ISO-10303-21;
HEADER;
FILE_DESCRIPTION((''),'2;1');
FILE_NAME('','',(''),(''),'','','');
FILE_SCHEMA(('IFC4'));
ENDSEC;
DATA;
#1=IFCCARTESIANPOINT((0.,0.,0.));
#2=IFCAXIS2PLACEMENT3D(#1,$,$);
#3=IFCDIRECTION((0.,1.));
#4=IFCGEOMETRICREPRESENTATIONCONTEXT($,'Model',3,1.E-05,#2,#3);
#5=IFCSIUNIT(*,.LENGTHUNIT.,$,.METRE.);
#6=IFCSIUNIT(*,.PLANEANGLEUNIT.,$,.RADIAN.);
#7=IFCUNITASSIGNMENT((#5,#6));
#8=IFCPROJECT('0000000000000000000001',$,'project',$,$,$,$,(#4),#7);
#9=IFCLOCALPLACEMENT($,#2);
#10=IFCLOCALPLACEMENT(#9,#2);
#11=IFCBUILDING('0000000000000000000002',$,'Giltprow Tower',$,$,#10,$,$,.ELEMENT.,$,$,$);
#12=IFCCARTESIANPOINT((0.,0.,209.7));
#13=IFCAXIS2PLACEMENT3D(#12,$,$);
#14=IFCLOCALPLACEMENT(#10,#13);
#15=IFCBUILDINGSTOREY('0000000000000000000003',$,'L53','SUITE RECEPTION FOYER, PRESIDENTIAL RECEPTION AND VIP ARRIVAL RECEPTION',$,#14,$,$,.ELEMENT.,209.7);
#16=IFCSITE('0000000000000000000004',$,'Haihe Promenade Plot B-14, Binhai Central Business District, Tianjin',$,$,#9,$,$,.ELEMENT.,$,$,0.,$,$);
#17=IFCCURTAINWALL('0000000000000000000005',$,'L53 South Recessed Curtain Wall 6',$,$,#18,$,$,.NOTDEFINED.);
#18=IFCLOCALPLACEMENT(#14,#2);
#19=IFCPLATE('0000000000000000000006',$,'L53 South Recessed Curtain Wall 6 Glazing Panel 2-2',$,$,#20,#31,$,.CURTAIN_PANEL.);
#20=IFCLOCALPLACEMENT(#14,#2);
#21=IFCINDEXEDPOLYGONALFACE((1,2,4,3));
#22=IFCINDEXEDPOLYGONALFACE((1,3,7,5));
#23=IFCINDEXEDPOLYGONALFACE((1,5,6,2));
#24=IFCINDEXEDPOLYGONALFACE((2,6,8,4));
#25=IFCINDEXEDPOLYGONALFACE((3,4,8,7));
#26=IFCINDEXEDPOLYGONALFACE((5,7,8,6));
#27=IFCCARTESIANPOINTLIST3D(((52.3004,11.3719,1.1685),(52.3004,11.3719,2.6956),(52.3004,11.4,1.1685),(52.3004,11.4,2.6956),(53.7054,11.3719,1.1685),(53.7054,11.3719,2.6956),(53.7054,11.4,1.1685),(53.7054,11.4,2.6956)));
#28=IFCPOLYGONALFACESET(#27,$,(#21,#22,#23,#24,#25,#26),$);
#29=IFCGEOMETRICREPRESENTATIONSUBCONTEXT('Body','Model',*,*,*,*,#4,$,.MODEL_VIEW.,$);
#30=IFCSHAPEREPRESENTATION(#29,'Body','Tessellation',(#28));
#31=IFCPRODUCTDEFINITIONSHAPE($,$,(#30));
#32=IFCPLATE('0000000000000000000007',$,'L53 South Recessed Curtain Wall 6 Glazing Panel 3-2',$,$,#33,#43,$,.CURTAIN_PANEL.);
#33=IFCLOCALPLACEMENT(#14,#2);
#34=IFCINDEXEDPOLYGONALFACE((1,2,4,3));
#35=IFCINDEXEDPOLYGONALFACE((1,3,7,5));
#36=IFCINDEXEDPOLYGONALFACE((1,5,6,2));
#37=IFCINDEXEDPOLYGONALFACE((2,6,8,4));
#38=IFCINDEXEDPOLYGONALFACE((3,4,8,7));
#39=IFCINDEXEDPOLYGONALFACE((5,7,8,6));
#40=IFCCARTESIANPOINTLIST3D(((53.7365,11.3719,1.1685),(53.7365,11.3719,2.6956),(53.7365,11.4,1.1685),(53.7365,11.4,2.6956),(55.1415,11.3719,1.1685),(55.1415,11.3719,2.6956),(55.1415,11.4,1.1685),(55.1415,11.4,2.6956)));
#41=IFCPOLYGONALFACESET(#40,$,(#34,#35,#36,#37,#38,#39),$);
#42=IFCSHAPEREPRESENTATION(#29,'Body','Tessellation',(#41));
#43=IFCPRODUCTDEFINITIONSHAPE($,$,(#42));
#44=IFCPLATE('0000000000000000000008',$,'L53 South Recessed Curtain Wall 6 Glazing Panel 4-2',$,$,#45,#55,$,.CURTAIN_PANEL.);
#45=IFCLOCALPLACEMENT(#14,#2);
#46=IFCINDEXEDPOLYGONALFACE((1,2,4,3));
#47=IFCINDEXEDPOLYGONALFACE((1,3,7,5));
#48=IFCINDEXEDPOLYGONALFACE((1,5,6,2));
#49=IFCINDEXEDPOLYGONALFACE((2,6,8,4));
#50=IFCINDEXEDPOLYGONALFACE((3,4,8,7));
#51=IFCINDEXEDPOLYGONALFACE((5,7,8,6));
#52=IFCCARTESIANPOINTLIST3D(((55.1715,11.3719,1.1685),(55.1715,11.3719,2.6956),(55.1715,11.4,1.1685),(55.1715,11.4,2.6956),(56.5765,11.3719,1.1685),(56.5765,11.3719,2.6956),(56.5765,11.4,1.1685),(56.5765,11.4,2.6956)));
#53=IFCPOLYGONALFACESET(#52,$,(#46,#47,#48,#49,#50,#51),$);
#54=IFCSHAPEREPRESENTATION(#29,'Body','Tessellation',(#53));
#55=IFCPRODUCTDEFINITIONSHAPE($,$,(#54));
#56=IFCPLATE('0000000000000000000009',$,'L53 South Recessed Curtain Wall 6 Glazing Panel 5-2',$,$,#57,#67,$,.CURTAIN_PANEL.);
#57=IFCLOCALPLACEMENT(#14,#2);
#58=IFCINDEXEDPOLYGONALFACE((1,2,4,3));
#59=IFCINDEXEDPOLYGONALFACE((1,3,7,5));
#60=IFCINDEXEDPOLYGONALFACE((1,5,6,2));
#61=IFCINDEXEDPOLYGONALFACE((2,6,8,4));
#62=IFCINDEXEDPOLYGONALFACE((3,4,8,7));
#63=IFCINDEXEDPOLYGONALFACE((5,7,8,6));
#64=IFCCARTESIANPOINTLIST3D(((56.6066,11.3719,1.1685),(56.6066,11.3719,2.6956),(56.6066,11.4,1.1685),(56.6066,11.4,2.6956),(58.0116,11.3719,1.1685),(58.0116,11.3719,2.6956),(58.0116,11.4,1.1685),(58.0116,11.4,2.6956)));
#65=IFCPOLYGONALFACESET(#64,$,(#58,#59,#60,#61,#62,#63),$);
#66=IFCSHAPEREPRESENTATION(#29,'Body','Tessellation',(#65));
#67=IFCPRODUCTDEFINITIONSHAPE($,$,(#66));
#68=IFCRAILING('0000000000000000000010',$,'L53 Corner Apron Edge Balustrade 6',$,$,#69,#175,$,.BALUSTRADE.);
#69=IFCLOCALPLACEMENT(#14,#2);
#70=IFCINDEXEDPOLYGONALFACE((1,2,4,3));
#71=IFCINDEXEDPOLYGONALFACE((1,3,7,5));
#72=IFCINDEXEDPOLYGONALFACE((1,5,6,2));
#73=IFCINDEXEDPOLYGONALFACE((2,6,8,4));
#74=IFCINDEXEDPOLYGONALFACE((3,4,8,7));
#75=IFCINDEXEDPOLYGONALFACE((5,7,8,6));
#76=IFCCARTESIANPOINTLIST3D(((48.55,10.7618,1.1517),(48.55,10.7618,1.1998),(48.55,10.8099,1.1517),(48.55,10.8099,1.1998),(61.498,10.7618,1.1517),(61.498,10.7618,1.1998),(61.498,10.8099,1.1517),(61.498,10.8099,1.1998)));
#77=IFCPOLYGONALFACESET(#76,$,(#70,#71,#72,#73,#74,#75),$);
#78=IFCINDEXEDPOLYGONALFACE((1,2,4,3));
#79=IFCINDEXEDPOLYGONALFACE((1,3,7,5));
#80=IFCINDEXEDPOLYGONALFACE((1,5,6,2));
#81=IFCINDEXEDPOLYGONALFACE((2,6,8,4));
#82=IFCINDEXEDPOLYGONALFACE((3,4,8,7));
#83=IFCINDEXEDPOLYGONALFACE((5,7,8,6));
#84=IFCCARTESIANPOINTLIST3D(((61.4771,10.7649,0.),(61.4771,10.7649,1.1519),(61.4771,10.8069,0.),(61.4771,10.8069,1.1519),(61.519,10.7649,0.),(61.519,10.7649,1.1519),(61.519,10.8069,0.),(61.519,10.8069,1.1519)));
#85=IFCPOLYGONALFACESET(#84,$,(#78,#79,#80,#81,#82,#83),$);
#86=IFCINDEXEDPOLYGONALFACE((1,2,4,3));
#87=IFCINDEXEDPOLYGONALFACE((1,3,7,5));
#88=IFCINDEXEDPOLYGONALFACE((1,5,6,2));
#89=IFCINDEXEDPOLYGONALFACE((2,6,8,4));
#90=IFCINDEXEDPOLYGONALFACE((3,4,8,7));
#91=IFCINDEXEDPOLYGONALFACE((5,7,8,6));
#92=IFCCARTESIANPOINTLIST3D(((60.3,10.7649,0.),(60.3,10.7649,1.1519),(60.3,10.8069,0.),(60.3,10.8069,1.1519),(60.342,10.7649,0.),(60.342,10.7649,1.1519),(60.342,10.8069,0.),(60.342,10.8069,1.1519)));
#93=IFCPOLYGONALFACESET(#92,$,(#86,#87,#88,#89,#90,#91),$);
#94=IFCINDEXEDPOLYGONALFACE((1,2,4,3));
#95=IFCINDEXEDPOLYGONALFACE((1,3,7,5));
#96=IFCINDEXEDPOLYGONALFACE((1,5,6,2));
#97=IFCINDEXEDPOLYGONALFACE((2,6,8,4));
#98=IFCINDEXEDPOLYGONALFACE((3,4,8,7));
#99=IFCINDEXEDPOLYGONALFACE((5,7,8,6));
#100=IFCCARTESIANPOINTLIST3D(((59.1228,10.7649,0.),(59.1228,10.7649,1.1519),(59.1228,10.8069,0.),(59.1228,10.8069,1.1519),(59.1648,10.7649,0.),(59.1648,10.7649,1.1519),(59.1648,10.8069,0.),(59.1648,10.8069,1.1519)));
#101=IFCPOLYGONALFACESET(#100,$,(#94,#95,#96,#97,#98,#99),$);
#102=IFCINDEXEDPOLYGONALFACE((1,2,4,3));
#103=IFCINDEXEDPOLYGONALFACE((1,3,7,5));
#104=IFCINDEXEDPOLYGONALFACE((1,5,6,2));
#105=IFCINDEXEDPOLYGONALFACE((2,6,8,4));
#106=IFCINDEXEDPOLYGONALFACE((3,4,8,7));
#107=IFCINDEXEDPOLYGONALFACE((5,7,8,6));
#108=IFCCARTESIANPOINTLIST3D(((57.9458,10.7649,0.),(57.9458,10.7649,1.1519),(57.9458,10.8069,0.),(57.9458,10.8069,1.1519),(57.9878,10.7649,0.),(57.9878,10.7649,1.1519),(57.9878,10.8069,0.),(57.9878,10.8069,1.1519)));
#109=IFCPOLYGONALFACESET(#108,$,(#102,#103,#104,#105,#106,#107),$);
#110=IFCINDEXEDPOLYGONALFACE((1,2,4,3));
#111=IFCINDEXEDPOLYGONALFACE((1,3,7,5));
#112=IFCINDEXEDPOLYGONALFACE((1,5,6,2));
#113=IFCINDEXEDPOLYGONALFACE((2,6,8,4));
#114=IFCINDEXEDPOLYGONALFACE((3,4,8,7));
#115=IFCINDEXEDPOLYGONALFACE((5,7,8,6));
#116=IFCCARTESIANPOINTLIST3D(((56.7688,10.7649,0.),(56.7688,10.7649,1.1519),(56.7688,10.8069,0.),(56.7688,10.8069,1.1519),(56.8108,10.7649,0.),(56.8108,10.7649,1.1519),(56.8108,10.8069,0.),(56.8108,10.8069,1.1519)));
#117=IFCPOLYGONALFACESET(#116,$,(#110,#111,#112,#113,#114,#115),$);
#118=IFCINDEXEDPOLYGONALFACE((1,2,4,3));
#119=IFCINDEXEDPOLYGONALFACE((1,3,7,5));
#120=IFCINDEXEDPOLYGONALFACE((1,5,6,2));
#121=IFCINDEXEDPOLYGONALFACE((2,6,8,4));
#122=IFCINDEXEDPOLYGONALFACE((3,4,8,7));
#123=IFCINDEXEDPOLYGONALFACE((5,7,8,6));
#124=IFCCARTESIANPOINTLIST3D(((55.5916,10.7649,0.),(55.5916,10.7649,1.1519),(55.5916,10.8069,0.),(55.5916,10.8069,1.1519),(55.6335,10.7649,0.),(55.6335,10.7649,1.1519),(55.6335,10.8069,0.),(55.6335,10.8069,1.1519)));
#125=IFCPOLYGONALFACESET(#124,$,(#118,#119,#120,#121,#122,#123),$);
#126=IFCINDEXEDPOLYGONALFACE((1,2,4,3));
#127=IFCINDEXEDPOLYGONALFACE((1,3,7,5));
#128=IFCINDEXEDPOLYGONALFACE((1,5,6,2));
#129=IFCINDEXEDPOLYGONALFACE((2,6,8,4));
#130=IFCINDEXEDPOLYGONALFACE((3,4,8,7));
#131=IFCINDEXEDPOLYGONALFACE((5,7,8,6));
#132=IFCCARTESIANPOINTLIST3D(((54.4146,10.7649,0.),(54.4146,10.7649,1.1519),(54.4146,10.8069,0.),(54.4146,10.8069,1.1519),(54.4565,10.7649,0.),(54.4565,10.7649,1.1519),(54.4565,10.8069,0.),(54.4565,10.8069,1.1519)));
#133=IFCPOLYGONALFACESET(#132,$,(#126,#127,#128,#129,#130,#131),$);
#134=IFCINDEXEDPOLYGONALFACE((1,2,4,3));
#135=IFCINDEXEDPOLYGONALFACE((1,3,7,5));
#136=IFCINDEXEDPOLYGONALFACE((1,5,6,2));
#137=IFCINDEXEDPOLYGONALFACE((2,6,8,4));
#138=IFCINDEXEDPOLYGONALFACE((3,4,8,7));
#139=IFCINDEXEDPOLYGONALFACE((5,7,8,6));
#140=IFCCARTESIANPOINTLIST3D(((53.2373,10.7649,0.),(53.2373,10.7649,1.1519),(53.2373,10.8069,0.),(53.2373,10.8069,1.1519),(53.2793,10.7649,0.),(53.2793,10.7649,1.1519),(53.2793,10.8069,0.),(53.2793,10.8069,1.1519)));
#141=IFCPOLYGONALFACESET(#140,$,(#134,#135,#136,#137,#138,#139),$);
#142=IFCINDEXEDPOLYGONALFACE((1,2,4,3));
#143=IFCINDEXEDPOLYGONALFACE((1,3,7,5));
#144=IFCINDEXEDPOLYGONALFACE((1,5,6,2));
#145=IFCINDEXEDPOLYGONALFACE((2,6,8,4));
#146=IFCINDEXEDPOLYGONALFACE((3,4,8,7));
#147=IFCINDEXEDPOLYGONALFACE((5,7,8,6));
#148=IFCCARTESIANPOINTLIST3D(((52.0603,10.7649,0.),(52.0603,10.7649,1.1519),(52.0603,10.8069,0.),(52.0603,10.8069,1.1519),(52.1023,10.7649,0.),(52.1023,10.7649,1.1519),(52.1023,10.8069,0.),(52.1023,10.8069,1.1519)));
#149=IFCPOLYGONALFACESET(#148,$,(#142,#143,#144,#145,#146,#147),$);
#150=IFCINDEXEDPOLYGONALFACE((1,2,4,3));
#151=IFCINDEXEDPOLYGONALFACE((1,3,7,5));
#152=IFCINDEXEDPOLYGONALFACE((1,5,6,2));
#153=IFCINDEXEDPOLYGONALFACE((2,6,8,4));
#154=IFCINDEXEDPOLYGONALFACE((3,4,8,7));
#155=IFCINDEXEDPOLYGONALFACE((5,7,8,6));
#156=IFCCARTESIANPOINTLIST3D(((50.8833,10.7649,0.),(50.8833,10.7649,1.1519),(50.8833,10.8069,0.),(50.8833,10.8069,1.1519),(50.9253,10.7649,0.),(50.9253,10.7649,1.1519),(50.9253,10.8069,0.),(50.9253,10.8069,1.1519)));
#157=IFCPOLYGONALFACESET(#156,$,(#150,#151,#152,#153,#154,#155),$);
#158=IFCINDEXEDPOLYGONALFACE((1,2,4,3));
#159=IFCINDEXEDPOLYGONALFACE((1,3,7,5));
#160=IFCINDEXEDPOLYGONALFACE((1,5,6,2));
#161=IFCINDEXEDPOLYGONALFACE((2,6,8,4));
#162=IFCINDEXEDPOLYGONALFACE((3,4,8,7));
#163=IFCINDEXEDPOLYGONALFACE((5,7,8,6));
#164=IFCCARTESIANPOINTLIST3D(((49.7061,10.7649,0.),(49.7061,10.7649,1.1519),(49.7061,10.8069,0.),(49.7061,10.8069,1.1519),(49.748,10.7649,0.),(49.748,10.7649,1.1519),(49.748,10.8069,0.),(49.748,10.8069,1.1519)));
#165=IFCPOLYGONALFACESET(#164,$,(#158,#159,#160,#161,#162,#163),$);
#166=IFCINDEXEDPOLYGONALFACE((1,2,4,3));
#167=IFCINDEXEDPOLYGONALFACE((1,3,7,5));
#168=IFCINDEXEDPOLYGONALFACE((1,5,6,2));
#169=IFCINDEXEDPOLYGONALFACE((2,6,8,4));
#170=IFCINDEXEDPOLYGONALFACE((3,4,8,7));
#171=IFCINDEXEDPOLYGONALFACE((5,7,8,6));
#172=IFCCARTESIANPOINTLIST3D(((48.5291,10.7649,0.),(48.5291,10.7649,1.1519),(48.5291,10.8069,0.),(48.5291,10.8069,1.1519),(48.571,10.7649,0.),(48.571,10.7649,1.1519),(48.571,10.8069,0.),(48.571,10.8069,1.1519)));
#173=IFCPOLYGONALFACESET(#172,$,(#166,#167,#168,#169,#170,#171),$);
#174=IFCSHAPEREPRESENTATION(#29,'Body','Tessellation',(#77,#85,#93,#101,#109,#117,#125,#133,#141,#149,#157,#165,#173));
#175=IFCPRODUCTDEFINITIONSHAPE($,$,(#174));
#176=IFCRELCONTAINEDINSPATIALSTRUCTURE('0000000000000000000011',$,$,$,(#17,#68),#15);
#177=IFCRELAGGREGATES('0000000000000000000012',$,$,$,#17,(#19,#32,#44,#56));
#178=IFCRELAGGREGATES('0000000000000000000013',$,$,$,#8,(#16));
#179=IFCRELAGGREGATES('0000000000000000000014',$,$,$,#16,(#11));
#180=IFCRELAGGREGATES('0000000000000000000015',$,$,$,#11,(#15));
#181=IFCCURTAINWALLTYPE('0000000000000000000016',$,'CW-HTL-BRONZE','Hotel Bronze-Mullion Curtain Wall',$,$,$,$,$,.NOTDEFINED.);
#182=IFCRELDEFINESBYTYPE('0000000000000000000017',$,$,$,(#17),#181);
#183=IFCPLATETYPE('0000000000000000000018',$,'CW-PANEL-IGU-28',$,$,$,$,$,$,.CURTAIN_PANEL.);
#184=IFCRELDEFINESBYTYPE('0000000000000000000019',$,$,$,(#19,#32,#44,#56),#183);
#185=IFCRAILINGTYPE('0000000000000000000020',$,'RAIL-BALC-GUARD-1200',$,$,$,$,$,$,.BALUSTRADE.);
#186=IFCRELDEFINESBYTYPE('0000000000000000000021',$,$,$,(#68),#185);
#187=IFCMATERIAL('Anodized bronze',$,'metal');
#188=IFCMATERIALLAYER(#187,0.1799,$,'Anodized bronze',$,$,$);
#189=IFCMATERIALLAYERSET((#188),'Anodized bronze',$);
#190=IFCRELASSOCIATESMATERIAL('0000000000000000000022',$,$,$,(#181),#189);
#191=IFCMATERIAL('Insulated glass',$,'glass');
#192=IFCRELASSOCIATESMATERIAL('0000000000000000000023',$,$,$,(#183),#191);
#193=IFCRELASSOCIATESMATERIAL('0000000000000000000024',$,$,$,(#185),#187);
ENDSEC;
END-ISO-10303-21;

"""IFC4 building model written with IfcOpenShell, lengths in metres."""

from ifc_helpers import new_model, si_unit, direction, frame, origin, origin_2d, place, context, subcontext, project, spatial, rectangle, extrude, source, transform, mapped, material, layer, layer_set, type_object, element, aggregate, save


model = new_model("IFC4")

# Units and contexts
model_context = context("Model", 3, precision=1e-05, world=origin(), true_north=direction((0.0, 1.0)))
body_context = subcontext(model_context, "Body", "Model", "MODEL_VIEW")
ifc_project = project(units=[si_unit("LENGTHUNIT", "METRE"), si_unit("PLANEANGLEUNIT", "RADIAN")], contexts=[model_context])

# Site, building, storey
site_placement = place(None, origin())
site = spatial("IfcSite", under=ifc_project, at=site_placement, Name="Haihe Promenade Plot B-14, Binhai Central Business District, Tianjin", CompositionType="ELEMENT", RefElevation=0.0)
building_placement = place(site_placement, origin())
building = spatial("IfcBuilding", under=site, at=building_placement, Name="Giltprow Tower", CompositionType="ELEMENT")
storey_placement = place(building_placement, frame((0.0, 0.0, 209.7)))
storey = spatial("IfcBuildingStorey", under=building, at=storey_placement, Name="L53", Description="SUITE RECEPTION FOYER, PRESIDENTIAL RECEPTION AND VIP ARRIVAL RECEPTION", CompositionType="ELEMENT", Elevation=209.7)

# Curtain wall, plates
ifc_material_1 = material(Name="Anodized bronze", Category="metal")
ifc_layer = layer(ifc_material_1, 0.1799, Name="Anodized bronze")
ifc_layer_set = layer_set([ifc_layer], Name="Anodized bronze")
curtain_wall_type = type_object("IfcCurtainWallType", Name="CW-HTL-BRONZE", Description="Hotel Bronze-Mullion Curtain Wall", PredefinedType="NOTDEFINED", material=ifc_layer_set)
curtain_wall_placement = place(storey_placement, origin())
curtain_wall = element("IfcCurtainWall", 1, at=curtain_wall_placement, inside=storey, type_object=curtain_wall_type, Name="L53 South Recessed Curtain Wall 6", PredefinedType="NOTDEFINED")
ifc_material_2 = material(Name="Insulated glass", Category="glass")
plate_type = type_object("IfcPlateType", Name="CW-PANEL-IGU-28", PredefinedType="CURTAIN_PANEL", material=ifc_material_2)
shared_shape_1 = source(origin(), body_context, "Body", "SweptSolid", [
    extrude(rectangle(XDim=1.405, YDim=0.0281, at=origin_2d()), origin(), (0.0, 0.0, 1.0), 1.5271),
])
plate_1_placement = place(storey_placement, frame((53.0029, 11.386, 1.1685), z_axis=(0.0, 0.0, 1.0), x_axis=(1.0, 0.0, 0.0)))
plate_1 = element("IfcPlate", 2, at=plate_1_placement, type_object=plate_type, Name="L53 South Recessed Curtain Wall 6 Glazing Panel 2-2", PredefinedType="CURTAIN_PANEL", context=body_context, shape_type="MappedRepresentation", body=[
    mapped(shared_shape_1, transform((0.0, 0.0, 0.0), x_axis=(1.0, 0.0, 0.0), y_axis=(0.0, 1.0, 0.0), z_axis=(0.0, 0.0, 1.0), scale=1.0)),
])
plate_2_placement = place(storey_placement, frame((54.439, 11.386, 1.1685), z_axis=(0.0, 0.0, 1.0), x_axis=(1.0, 0.0, 0.0)))
plate_2 = element("IfcPlate", 3, at=plate_2_placement, type_object=plate_type, Name="L53 South Recessed Curtain Wall 6 Glazing Panel 3-2", PredefinedType="CURTAIN_PANEL", context=body_context, shape_type="MappedRepresentation", body=[
    mapped(shared_shape_1, transform((0.0, 0.0, 0.0), x_axis=(1.0, 0.0, 0.0), y_axis=(0.0, 1.0, 0.0), z_axis=(0.0, 0.0, 1.0), scale=1.0)),
])
plate_3_placement = place(storey_placement, frame((55.874, 11.386, 1.1685), z_axis=(0.0, 0.0, 1.0), x_axis=(1.0, 0.0, 0.0)))
plate_3 = element("IfcPlate", 4, at=plate_3_placement, type_object=plate_type, Name="L53 South Recessed Curtain Wall 6 Glazing Panel 4-2", PredefinedType="CURTAIN_PANEL", context=body_context, shape_type="MappedRepresentation", body=[
    mapped(shared_shape_1, transform((0.0, 0.0, 0.0), x_axis=(1.0, 0.0, 0.0), y_axis=(0.0, 1.0, 0.0), z_axis=(0.0, 0.0, 1.0), scale=1.0)),
])
plate_4_placement = place(storey_placement, frame((57.3091, 11.386, 1.1685), z_axis=(0.0, 0.0, 1.0), x_axis=(1.0, 0.0, 0.0)))
plate_4 = element("IfcPlate", 5, at=plate_4_placement, type_object=plate_type, Name="L53 South Recessed Curtain Wall 6 Glazing Panel 5-2", PredefinedType="CURTAIN_PANEL", context=body_context, shape_type="MappedRepresentation", body=[
    mapped(shared_shape_1, transform((0.0, 0.0, 0.0), x_axis=(1.0, 0.0, 0.0), y_axis=(0.0, 1.0, 0.0), z_axis=(0.0, 0.0, 1.0), scale=1.0)),
])
aggregate(curtain_wall, [plate_1, plate_2, plate_3, plate_4])

# Railing
railing_type = type_object("IfcRailingType", Name="RAIL-BALC-GUARD-1200", PredefinedType="BALUSTRADE", material=ifc_material_1)
railing_placement = place(storey_placement, frame((61.498, 10.7859, 0.0)))
element("IfcRailing", 6, at=railing_placement, inside=storey, type_object=railing_type, Name="L53 Corner Apron Edge Balustrade 6", PredefinedType="BALUSTRADE", context=body_context, shape_type="SweptSolid", body=[
    extrude(rectangle(XDim=0.0481, YDim=0.0481, at=origin_2d()), frame((0.0, 0.0, 1.1758), z_axis=(-1.0, 0.0, 0.0), x_axis=(0.0, -1.0, 0.0)), (0.0, 0.0, 1.0), 12.948),
    extrude(rectangle(XDim=0.042, YDim=0.042, at=origin_2d()), origin(), (0.0, 0.0, 1.0), 1.1519),
    extrude(rectangle(XDim=0.042, YDim=0.042, at=origin_2d()), frame((-1.177, 0.0, 0.0)), (0.0, 0.0, 1.0), 1.1519),
    extrude(rectangle(XDim=0.042, YDim=0.042, at=origin_2d()), frame((-2.3542, 0.0, 0.0)), (0.0, 0.0, 1.0), 1.1519),
    extrude(rectangle(XDim=0.042, YDim=0.042, at=origin_2d()), frame((-3.5312, 0.0, 0.0)), (0.0, 0.0, 1.0), 1.1519),
    extrude(rectangle(XDim=0.042, YDim=0.042, at=origin_2d()), frame((-4.7083, 0.0, 0.0)), (0.0, 0.0, 1.0), 1.1519),
    extrude(rectangle(XDim=0.042, YDim=0.042, at=origin_2d()), frame((-5.8855, 0.0, 0.0)), (0.0, 0.0, 1.0), 1.1519),
    extrude(rectangle(XDim=0.042, YDim=0.042, at=origin_2d()), frame((-7.0625, 0.0, 0.0)), (0.0, 0.0, 1.0), 1.1519),
    extrude(rectangle(XDim=0.042, YDim=0.042, at=origin_2d()), frame((-8.2397, 0.0, 0.0)), (0.0, 0.0, 1.0), 1.1519),
    extrude(rectangle(XDim=0.042, YDim=0.042, at=origin_2d()), frame((-9.4167, 0.0, 0.0)), (0.0, 0.0, 1.0), 1.1519),
    extrude(rectangle(XDim=0.042, YDim=0.042, at=origin_2d()), frame((-10.5938, 0.0, 0.0)), (0.0, 0.0, 1.0), 1.1519),
    extrude(rectangle(XDim=0.042, YDim=0.042, at=origin_2d()), frame((-11.771, 0.0, 0.0)), (0.0, 0.0, 1.0), 1.1519),
    extrude(rectangle(XDim=0.042, YDim=0.042, at=origin_2d()), frame((-12.948, 0.0, 0.0)), (0.0, 0.0, 1.0), 1.1519),
])

save(model, "model.ifc")
